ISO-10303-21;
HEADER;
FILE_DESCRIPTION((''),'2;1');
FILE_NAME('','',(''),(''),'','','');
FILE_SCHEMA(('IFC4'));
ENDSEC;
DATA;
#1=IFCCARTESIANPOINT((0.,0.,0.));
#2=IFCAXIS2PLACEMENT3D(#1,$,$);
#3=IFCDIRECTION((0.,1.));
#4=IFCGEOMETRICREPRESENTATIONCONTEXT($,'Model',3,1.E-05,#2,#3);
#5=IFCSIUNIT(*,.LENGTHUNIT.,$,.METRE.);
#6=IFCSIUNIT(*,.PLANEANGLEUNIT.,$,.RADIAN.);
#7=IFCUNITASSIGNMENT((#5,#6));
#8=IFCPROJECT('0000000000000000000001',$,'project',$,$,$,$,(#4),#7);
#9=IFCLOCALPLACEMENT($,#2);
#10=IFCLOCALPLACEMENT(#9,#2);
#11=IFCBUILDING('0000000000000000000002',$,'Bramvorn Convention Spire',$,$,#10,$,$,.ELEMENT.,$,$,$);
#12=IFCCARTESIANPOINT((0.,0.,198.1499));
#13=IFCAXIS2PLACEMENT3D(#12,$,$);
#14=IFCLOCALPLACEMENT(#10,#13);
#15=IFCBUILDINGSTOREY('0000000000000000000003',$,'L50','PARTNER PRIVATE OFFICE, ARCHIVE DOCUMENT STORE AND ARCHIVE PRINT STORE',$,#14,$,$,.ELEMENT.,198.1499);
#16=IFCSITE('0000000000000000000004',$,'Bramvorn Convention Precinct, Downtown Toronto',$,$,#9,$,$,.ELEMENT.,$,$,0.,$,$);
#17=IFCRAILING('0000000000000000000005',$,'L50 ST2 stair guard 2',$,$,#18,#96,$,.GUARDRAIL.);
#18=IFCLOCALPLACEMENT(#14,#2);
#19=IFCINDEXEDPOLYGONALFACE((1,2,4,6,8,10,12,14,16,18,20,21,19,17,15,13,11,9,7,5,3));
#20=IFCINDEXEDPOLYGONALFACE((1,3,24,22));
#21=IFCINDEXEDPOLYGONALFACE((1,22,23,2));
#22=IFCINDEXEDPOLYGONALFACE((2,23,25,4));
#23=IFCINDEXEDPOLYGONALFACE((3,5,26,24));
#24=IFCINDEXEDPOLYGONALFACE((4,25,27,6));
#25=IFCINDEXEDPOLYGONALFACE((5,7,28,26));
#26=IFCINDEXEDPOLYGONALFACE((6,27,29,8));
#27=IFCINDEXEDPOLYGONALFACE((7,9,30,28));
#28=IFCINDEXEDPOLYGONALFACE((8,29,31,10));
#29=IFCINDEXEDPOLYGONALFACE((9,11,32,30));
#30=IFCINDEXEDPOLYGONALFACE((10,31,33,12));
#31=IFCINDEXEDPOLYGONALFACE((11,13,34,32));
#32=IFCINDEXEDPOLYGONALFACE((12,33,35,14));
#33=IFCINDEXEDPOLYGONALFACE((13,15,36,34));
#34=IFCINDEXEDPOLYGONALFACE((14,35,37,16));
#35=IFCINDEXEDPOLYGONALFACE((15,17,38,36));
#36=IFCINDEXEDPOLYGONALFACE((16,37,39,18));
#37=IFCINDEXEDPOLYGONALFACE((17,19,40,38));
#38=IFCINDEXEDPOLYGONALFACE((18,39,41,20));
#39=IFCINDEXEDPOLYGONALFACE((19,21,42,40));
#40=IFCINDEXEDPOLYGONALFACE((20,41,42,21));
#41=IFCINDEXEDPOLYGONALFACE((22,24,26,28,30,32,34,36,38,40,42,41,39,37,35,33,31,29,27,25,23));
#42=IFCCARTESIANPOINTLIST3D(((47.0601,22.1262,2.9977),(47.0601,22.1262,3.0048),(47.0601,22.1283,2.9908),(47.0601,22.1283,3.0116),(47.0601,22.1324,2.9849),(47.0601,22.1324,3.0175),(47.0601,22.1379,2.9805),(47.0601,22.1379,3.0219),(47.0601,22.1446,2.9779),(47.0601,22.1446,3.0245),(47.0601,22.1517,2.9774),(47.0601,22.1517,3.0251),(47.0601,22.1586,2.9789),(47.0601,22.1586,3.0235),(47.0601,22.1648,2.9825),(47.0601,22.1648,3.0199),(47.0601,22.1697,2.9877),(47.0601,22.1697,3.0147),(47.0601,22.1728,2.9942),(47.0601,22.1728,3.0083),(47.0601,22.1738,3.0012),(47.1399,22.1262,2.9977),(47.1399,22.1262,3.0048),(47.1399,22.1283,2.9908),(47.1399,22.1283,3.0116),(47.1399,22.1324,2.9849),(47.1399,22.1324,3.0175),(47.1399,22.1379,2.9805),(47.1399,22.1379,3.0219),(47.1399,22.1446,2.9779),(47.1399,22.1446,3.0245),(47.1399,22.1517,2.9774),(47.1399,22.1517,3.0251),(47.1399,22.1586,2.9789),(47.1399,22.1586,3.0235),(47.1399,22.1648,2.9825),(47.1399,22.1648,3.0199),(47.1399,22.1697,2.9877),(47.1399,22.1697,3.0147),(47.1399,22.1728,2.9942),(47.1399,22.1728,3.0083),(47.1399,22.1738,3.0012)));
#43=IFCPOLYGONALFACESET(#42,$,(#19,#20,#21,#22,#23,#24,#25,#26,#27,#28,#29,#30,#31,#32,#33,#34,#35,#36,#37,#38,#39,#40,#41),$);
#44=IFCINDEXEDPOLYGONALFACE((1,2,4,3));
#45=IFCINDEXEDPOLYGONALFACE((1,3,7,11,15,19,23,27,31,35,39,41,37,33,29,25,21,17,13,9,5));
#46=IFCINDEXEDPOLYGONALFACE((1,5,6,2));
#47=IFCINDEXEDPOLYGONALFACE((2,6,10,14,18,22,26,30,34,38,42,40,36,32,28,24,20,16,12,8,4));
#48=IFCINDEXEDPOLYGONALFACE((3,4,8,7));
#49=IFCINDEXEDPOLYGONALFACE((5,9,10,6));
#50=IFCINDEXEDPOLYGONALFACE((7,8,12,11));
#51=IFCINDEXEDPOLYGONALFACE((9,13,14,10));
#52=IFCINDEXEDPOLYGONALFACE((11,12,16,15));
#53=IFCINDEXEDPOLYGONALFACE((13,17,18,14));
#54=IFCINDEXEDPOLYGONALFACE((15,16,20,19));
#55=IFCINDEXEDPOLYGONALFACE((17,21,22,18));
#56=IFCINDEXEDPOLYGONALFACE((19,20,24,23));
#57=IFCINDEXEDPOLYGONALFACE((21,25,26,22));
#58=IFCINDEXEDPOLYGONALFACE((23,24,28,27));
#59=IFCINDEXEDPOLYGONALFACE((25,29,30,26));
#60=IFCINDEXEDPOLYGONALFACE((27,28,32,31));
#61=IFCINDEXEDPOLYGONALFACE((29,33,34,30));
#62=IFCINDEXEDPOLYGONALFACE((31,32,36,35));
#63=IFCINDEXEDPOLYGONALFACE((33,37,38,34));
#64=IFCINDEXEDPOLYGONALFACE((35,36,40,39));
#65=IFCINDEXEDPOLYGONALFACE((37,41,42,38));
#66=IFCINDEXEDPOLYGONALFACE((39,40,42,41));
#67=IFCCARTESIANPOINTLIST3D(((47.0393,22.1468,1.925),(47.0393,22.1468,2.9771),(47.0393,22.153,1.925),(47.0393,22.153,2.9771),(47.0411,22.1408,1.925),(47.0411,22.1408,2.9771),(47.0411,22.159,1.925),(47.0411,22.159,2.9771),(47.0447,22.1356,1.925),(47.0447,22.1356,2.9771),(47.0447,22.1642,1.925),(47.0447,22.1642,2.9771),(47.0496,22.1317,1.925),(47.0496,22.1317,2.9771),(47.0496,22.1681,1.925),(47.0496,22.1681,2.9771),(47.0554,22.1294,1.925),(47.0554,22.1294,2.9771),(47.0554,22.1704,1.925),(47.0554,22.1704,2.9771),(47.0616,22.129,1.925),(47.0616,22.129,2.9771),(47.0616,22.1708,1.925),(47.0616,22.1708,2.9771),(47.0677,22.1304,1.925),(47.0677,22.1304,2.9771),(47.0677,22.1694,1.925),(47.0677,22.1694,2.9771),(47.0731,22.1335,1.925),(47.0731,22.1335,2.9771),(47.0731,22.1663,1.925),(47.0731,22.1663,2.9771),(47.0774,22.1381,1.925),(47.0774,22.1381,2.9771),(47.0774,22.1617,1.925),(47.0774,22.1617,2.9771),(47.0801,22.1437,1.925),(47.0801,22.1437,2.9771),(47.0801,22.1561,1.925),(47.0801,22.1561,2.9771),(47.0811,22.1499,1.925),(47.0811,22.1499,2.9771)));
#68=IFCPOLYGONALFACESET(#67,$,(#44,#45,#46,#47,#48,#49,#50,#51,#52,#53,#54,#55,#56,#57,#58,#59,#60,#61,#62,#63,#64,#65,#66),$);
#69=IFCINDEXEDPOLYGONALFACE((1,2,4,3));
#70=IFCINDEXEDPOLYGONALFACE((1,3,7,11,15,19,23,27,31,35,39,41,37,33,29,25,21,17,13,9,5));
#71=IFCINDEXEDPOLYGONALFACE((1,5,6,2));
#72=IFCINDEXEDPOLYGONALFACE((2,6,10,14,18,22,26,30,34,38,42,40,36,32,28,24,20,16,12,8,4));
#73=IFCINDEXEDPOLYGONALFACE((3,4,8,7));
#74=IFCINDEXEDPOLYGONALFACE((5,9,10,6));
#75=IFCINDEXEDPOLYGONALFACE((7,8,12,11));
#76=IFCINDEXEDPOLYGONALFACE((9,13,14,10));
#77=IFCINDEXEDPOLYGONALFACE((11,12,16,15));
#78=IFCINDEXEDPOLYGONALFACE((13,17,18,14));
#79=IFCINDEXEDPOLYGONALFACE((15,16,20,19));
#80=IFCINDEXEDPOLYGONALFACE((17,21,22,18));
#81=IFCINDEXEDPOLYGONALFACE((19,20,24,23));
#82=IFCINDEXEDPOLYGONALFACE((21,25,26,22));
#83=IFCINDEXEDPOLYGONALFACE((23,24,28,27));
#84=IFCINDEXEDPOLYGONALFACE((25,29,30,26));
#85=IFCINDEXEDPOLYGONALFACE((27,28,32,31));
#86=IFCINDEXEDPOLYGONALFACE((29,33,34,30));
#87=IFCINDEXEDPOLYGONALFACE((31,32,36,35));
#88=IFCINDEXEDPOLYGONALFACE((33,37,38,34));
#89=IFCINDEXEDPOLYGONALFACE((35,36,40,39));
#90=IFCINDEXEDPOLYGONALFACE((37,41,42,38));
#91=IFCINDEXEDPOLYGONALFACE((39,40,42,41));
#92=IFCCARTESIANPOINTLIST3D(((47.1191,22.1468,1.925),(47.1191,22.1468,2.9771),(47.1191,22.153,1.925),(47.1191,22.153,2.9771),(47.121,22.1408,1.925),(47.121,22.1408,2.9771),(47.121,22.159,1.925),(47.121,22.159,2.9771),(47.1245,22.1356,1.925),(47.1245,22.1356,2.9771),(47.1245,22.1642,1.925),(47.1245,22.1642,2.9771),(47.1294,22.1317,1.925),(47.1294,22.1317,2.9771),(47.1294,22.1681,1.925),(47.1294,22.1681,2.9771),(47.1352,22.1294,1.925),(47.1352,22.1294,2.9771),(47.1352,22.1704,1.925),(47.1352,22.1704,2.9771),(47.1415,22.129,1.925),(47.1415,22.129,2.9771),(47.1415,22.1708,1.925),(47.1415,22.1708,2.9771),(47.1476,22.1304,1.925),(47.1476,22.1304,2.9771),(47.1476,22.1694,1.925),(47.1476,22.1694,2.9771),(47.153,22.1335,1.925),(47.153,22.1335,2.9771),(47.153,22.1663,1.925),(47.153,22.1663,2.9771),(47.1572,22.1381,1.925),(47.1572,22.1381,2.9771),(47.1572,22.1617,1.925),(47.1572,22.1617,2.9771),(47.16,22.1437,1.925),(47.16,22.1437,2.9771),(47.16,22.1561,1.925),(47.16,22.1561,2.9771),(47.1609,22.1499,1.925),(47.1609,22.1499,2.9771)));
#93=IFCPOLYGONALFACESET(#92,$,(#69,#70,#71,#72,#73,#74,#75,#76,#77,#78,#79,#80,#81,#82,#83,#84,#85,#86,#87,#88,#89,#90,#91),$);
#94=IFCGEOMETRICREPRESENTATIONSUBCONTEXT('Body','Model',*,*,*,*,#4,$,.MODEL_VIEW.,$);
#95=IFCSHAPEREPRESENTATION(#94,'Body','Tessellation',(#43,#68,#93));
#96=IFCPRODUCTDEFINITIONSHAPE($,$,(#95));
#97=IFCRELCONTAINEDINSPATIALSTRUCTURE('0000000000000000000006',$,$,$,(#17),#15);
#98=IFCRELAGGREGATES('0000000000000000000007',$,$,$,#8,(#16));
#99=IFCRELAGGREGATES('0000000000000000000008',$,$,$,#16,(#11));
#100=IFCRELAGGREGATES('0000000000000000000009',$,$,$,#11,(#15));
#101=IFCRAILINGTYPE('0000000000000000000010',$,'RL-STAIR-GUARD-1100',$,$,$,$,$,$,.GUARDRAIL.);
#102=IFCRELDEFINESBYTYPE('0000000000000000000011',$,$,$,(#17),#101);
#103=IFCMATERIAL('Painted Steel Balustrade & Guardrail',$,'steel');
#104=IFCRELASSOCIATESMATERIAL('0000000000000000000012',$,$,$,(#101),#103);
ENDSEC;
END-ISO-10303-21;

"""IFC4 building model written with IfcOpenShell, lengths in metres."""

from ifc_helpers import new_model, si_unit, direction, frame, origin, origin_2d, place, context, subcontext, project, spatial, circle, extrude, material, type_object, element, save


model = new_model("IFC4")

# Units and contexts
model_context = context("Model", 3, precision=1e-05, world=origin(), true_north=direction((0.0, 1.0)))
body_context = subcontext(model_context, "Body", "Model", "MODEL_VIEW")
ifc_project = project(units=[si_unit("LENGTHUNIT", "METRE"), si_unit("PLANEANGLEUNIT", "RADIAN")], contexts=[model_context])

# Site, building, storey
site_placement = place(None, origin())
site = spatial("IfcSite", under=ifc_project, at=site_placement, Name="Bramvorn Convention Precinct, Downtown Toronto", CompositionType="ELEMENT", RefElevation=0.0)
building_placement = place(site_placement, origin())
building = spatial("IfcBuilding", under=site, at=building_placement, Name="Bramvorn Convention Spire", CompositionType="ELEMENT")
storey_placement = place(building_placement, frame((0.0, 0.0, 198.1499)))
storey = spatial("IfcBuildingStorey", under=building, at=storey_placement, Name="L50", Description="PARTNER PRIVATE OFFICE, ARCHIVE DOCUMENT STORE AND ARCHIVE PRINT STORE", CompositionType="ELEMENT", Elevation=198.1499)

# Railing
ifc_material_1 = material(Name="Painted Steel Balustrade & Guardrail", Category="steel")
railing_type_1 = type_object("IfcRailingType", Name="RL-STAIR-GUARD-1100", PredefinedType="GUARDRAIL", material=ifc_material_1)
railing_1_placement = place(storey_placement, frame((47.0601, 22.1499, 1.925)))
element("IfcRailing", 1, at=railing_1_placement, inside=storey, type_object=railing_type_1, Name="L50 ST2 stair guard 2", PredefinedType="GUARDRAIL", context=body_context, shape_type="SweptSolid", body=[
    extrude(circle(Radius=0.0239, at=origin_2d()), frame((0.0, 0.0, 1.0762), z_axis=(1.0, 0.0, 0.0), x_axis=(0.0, 1.0, 0.0)), (0.0, 0.0, 1.0), 0.0798),
    extrude(circle(Radius=0.021, at=origin_2d()), origin(), (0.0, 0.0, 1.0), 1.052),
    extrude(circle(Radius=0.021, at=origin_2d()), frame((0.0798, 0.0, 0.0)), (0.0, 0.0, 1.0), 1.052),
])

save(model, "model.ifc")
